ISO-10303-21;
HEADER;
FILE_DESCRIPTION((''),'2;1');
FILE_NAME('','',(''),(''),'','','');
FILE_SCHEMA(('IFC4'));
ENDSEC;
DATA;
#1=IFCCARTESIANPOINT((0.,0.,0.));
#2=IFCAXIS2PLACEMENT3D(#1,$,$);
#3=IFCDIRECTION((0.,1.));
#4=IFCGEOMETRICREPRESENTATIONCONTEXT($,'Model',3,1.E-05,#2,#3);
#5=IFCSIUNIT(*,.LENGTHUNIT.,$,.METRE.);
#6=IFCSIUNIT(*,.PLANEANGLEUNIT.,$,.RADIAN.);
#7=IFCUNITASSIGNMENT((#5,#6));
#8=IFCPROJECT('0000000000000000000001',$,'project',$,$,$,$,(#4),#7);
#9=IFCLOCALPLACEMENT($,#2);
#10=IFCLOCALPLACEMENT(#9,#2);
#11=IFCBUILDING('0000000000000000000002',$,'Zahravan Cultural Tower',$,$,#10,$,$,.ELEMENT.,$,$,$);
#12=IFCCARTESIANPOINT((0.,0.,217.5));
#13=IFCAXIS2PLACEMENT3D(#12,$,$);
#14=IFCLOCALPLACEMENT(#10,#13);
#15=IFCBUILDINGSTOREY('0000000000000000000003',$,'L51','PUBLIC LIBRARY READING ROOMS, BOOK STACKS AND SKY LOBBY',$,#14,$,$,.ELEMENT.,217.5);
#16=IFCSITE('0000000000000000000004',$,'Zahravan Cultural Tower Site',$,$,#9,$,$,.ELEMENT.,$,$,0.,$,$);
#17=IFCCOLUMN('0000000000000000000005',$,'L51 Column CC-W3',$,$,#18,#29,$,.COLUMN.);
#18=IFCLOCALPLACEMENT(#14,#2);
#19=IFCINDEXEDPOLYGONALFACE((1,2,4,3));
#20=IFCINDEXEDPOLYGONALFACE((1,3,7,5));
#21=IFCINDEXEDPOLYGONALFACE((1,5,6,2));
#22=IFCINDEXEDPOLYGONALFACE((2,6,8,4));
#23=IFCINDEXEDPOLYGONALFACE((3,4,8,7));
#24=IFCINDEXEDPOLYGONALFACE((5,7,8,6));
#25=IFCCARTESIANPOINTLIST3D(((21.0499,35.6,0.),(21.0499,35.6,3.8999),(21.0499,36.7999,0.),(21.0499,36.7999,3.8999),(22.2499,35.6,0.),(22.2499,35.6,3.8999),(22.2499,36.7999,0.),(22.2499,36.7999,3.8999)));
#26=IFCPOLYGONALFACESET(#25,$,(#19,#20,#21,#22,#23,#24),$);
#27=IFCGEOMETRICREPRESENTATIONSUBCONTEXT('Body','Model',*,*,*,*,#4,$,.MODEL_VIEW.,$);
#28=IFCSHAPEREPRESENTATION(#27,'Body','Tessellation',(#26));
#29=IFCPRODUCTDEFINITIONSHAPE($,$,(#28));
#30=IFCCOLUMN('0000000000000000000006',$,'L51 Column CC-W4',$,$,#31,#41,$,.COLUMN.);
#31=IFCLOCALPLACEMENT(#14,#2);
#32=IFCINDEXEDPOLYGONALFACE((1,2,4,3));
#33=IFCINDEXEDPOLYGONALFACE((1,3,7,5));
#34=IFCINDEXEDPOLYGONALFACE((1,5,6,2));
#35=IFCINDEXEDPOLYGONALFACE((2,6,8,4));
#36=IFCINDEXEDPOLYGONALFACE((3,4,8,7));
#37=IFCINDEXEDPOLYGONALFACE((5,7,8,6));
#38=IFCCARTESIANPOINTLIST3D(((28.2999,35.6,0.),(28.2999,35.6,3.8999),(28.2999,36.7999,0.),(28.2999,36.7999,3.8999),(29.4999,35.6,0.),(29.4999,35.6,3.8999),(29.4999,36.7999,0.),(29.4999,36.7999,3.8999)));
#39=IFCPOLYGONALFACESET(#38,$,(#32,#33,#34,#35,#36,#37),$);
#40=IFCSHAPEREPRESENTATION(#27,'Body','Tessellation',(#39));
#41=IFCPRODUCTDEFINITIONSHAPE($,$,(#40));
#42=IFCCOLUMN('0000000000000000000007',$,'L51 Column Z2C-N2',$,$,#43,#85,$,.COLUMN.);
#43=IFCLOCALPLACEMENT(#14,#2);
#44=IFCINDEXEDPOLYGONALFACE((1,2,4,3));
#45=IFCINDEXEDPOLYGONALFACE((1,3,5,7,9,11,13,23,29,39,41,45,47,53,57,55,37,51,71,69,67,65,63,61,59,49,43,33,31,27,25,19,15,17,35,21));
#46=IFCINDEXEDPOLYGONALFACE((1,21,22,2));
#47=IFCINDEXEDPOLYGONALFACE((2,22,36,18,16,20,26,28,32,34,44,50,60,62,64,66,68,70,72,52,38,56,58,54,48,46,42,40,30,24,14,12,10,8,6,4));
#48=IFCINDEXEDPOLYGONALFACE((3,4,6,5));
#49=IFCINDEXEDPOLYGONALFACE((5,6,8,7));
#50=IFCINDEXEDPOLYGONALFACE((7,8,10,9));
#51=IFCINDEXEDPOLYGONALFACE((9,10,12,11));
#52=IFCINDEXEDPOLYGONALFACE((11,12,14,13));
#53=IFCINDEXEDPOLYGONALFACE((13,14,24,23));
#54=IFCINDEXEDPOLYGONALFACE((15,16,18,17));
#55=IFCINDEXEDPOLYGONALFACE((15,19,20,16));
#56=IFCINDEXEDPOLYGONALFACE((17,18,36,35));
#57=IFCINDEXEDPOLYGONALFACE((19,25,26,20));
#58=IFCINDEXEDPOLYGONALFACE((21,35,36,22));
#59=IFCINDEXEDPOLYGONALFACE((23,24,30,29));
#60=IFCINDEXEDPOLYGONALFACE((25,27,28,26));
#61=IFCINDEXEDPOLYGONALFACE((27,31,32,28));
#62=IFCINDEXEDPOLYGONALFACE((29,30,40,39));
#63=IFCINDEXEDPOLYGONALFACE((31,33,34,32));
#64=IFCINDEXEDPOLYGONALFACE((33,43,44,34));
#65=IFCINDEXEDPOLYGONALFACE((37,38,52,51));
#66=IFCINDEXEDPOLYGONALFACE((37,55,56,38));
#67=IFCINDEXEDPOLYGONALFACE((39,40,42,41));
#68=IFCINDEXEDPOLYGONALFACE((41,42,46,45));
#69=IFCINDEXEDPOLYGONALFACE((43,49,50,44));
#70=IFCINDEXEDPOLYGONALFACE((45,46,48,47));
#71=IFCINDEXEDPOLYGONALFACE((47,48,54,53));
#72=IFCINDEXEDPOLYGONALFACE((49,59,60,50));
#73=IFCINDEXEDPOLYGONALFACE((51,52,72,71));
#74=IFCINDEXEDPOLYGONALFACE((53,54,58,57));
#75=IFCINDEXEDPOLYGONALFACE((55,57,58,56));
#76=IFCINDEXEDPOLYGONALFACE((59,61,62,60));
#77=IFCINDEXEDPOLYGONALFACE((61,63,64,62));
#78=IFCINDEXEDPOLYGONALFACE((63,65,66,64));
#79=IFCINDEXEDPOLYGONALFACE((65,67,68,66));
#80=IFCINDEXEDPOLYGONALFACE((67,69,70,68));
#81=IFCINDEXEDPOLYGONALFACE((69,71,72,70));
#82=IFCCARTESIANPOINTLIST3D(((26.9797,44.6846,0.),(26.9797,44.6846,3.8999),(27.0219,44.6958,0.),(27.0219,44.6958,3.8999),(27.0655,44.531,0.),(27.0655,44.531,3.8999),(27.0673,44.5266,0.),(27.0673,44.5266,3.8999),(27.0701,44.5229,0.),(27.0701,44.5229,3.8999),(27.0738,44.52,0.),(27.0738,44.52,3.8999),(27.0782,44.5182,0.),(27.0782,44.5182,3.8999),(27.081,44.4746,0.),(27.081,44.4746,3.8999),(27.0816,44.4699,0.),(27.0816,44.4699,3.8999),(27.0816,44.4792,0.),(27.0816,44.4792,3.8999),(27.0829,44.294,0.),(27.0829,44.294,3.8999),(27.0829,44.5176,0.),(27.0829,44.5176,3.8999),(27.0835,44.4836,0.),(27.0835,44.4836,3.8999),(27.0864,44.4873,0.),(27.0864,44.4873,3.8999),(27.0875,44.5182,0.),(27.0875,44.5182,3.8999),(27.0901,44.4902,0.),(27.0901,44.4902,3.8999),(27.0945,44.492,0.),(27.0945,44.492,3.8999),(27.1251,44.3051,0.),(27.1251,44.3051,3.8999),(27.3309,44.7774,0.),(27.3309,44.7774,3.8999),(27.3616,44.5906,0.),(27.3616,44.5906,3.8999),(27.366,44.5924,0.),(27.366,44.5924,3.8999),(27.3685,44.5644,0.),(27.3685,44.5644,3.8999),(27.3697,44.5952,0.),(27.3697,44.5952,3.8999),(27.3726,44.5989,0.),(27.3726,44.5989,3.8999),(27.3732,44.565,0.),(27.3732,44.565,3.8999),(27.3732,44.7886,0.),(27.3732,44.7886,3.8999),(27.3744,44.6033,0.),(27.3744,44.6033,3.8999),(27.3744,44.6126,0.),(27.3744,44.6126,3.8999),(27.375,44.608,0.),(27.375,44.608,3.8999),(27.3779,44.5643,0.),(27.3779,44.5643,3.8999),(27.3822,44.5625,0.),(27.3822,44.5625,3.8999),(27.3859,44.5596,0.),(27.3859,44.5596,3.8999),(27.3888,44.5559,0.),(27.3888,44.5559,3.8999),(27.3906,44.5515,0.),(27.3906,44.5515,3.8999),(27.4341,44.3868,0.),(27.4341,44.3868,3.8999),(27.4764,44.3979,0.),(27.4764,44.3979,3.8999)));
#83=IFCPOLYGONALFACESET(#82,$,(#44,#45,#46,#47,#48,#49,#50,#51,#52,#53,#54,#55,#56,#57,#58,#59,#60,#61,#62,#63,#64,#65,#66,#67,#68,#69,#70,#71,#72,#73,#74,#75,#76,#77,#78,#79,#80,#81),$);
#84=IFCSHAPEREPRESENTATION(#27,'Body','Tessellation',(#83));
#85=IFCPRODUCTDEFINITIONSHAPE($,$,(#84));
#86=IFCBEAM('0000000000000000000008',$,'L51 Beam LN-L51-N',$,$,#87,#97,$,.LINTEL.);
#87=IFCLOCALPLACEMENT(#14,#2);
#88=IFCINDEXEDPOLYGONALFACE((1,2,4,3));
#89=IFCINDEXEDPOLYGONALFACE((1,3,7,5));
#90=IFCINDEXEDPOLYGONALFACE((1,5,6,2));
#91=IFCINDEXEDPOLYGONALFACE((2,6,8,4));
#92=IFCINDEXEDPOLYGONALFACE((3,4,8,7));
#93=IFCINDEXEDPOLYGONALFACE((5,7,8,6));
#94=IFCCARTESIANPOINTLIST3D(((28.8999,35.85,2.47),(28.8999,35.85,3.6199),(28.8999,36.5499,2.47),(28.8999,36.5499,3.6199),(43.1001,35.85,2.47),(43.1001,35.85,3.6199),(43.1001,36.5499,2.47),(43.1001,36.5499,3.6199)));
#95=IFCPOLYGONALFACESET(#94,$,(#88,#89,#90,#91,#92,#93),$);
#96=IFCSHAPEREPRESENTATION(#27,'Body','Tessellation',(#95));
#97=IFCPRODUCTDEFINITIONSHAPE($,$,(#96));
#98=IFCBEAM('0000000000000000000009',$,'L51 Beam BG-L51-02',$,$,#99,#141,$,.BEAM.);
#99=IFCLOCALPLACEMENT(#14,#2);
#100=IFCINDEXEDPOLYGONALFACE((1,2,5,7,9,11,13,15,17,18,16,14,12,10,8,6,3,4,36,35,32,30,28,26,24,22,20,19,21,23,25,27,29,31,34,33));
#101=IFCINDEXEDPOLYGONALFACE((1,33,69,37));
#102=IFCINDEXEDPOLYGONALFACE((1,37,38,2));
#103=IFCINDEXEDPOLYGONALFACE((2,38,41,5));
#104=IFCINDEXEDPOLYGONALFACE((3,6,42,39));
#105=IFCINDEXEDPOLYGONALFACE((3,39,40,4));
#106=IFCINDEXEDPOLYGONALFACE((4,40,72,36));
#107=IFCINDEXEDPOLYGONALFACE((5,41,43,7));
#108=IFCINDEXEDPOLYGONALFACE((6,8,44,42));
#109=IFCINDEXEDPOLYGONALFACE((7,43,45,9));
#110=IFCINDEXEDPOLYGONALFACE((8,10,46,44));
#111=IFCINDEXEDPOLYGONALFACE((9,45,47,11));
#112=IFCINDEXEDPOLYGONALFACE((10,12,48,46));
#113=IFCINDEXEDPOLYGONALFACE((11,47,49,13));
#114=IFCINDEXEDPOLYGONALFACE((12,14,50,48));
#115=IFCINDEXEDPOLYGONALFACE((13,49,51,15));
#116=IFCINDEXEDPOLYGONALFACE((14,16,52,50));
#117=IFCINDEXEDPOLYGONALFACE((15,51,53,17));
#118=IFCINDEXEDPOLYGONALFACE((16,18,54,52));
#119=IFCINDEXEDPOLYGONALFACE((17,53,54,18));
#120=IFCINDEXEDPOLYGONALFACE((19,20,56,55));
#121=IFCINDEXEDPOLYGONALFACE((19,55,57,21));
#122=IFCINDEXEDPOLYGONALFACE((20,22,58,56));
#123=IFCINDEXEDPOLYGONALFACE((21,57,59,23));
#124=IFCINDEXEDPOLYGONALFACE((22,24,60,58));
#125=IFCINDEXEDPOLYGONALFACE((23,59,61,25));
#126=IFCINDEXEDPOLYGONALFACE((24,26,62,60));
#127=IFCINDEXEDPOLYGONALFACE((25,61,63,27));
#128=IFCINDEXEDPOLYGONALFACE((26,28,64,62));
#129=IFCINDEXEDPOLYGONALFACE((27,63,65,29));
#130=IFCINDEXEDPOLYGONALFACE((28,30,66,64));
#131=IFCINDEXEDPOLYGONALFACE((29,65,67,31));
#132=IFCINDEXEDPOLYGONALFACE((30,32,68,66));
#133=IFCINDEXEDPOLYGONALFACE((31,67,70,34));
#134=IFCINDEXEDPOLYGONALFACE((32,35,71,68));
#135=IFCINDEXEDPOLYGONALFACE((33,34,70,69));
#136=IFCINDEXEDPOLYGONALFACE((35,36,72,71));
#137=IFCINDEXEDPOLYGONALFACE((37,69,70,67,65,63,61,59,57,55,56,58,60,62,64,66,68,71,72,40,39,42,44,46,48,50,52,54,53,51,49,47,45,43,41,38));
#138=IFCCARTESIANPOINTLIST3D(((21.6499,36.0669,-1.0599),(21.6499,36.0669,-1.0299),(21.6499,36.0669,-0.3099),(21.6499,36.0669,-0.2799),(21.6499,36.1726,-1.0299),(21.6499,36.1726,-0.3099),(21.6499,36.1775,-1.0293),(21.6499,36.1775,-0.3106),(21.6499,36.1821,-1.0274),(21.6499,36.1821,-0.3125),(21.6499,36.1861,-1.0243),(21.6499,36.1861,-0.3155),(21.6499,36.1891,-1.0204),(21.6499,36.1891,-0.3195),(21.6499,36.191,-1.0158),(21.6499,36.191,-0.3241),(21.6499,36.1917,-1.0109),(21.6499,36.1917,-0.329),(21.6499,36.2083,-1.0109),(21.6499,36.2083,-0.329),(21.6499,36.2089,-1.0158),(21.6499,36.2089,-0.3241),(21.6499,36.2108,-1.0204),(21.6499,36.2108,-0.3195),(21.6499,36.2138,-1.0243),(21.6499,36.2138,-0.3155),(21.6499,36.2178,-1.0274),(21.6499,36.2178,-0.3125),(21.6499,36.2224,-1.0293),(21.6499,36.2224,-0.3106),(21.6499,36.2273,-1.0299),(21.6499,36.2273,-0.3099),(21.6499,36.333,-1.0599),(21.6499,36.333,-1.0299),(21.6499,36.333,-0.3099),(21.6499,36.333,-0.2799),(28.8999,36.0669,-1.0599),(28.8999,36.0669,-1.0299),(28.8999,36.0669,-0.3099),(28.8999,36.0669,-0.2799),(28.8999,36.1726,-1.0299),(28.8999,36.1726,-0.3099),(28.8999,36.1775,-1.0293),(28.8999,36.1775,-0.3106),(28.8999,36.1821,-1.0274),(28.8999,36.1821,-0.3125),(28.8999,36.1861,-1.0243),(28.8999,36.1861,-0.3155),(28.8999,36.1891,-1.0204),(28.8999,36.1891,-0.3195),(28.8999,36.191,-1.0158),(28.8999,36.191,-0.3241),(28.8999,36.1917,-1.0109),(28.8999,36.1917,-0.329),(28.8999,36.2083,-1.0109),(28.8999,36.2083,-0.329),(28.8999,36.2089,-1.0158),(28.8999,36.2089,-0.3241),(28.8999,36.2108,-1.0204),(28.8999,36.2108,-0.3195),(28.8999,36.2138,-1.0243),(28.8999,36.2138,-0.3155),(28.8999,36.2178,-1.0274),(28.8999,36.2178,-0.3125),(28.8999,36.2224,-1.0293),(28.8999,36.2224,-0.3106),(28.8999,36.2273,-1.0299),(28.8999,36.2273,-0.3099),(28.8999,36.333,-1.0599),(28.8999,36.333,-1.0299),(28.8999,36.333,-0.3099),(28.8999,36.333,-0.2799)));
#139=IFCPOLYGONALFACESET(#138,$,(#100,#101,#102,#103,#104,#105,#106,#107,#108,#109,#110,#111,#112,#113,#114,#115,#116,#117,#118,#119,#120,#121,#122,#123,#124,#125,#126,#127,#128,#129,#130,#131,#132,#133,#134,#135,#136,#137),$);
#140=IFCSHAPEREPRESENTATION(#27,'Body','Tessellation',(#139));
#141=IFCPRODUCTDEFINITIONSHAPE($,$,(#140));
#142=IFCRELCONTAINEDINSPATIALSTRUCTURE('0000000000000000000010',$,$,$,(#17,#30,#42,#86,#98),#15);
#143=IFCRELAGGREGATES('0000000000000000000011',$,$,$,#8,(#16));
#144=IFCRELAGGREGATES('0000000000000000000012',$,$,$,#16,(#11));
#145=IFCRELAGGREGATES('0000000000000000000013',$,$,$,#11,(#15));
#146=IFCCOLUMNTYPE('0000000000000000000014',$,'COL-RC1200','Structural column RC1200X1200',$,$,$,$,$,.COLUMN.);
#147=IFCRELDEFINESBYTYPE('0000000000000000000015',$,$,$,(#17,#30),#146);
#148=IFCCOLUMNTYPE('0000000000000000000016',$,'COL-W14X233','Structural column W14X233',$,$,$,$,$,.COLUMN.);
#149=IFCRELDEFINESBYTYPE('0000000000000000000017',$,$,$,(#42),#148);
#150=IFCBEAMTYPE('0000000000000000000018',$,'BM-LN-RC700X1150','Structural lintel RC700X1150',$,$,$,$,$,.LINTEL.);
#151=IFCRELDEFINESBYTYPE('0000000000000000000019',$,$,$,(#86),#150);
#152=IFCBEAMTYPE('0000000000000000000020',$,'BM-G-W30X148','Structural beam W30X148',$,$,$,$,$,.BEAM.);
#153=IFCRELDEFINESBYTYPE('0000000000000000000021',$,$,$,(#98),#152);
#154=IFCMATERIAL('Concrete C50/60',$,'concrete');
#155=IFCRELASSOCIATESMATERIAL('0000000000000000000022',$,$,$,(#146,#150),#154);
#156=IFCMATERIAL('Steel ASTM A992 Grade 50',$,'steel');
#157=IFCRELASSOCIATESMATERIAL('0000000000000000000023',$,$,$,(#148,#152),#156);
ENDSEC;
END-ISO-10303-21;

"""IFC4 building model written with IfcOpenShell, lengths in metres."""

from ifc_helpers import new_model, si_unit, direction, frame, origin, origin_2d, place, context, subcontext, project, spatial, rectangle, i_section, extrude, source, transform, mapped, material, material_profile, profile_set, type_object, element, save


model = new_model("IFC4")

# Units and contexts
model_context = context("Model", 3, precision=1e-05, world=origin(), true_north=direction((0.0, 1.0)))
body_context = subcontext(model_context, "Body", "Model", "MODEL_VIEW")
ifc_project = project(units=[si_unit("LENGTHUNIT", "METRE"), si_unit("PLANEANGLEUNIT", "RADIAN")], contexts=[model_context])

# Site, building, storey
site_placement = place(None, origin())
site = spatial("IfcSite", under=ifc_project, at=site_placement, Name="Zahravan Cultural Tower Site", CompositionType="ELEMENT", RefElevation=0.0)
building_placement = place(site_placement, origin())
building = spatial("IfcBuilding", under=site, at=building_placement, Name="Zahravan Cultural Tower", CompositionType="ELEMENT")
storey_placement = place(building_placement, frame((0.0, 0.0, 217.5)))
storey = spatial("IfcBuildingStorey", under=building, at=storey_placement, Name="L51", Description="PUBLIC LIBRARY READING ROOMS, BOOK STACKS AND SKY LOBBY", CompositionType="ELEMENT", Elevation=217.5)

# Columns
ifc_material_1 = material(Name="Concrete C50/60", Category="concrete")
ifc_material_profile_1 = material_profile(ifc_material_1, rectangle(XDim=1.2, YDim=1.2, at=origin_2d()), Name="RC1200X1200")
ifc_profile_set_1 = profile_set([ifc_material_profile_1], Name="Concrete C50/60")
column_type_1 = type_object("IfcColumnType", Name="COL-RC1200", Description="Structural column RC1200X1200", PredefinedType="COLUMN", material=ifc_profile_set_1)
shared_shape_1 = source(origin(), body_context, "Body", "SweptSolid", [
    extrude(rectangle(XDim=1.2, YDim=1.2, at=origin_2d()), origin(), (0.0, 0.0, 1.0), 3.8999),
])
for number, where, z_axis, x_axis, name in (
    (1, (21.6499, 36.2, 0.0), (0.0, 0.0, 1.0), (1.0, 0.0, 0.0), "L51 Column CC-W3"),
    (2, (28.8999, 36.2, 0.0), (0.0, 0.0, 1.0), (1.0, 0.0, 0.0), "L51 Column CC-W4"),
):
    element("IfcColumn", number, at=place(storey_placement, frame(where, z_axis=z_axis, x_axis=x_axis)), inside=storey, type_object=column_type_1, Name=name, PredefinedType="COLUMN", context=body_context, shape_type="MappedRepresentation", body=[
        mapped(shared_shape_1, transform((0.0, 0.0, 0.0), x_axis=(1.0, 0.0, 0.0), y_axis=(0.0, 1.0, 0.0), z_axis=(0.0, 0.0, 1.0), scale=1.0)),
    ])
ifc_material_2 = material(Name="Steel ASTM A992 Grade 50", Category="steel")
ifc_material_profile_2 = material_profile(ifc_material_2, i_section(OverallWidth=0.4041, OverallDepth=0.407, WebThickness=0.0271, FlangeThickness=0.0437, FilletRadius=0.0181, at=origin_2d()), Name="W14X233")
ifc_profile_set_2 = profile_set([ifc_material_profile_2], Name="Steel ASTM A992 Grade 50")
column_type_2 = type_object("IfcColumnType", Name="COL-W14X233", Description="Structural column W14X233", PredefinedType="COLUMN", material=ifc_profile_set_2)
shared_shape_2 = source(origin(), body_context, "Body", "SweptSolid", [
    extrude(i_section(OverallWidth=0.4041, OverallDepth=0.407, WebThickness=0.0271, FlangeThickness=0.0437, FilletRadius=0.0181, at=origin_2d()), origin(), (0.0, 0.0, 1.0), 3.8999),
])
column_placement = place(storey_placement, frame((27.228, 44.5413, 0.0), z_axis=(0.0, 0.0, 1.0), x_axis=(-0.255446, 0.966823, 0.0)))
element("IfcColumn", 3, at=column_placement, inside=storey, type_object=column_type_2, Name="L51 Column Z2C-N2", PredefinedType="COLUMN", context=body_context, shape_type="MappedRepresentation", body=[
    mapped(shared_shape_2, transform((0.0, 0.0, 0.0), x_axis=(1.0, 0.0, 0.0), y_axis=(0.0, 1.0, 0.0), z_axis=(0.0, 0.0, 1.0), scale=1.0)),
])

# Beams
ifc_material_profile_3 = material_profile(ifc_material_1, rectangle(XDim=0.7, YDim=1.1499, at=origin_2d()), Name="RC700X1150")
ifc_profile_set_3 = profile_set([ifc_material_profile_3], Name="Concrete C50/60")
beam_type_1 = type_object("IfcBeamType", Name="BM-LN-RC700X1150", Description="Structural lintel RC700X1150", PredefinedType="LINTEL", material=ifc_profile_set_3)
shared_shape_3 = source(origin(), body_context, "Body", "SweptSolid", [
    extrude(rectangle(XDim=0.7, YDim=1.1499, at=origin_2d()), origin(), (0.0, 0.0, 1.0), 14.2002),
])
beam_1_placement = place(storey_placement, frame((28.8999, 36.2, 3.0449), z_axis=(1.0, 0.0, 0.0), x_axis=(0.0, 1.0, 0.0)))
element("IfcBeam", 4, at=beam_1_placement, inside=storey, type_object=beam_type_1, Name="L51 Beam LN-L51-N", PredefinedType="LINTEL", context=body_context, shape_type="MappedRepresentation", body=[
    mapped(shared_shape_3, transform((0.0, 0.0, 0.0), x_axis=(1.0, 0.0, 0.0), y_axis=(0.0, 1.0, 0.0), z_axis=(0.0, 0.0, 1.0), scale=1.0)),
])
ifc_material_profile_4 = material_profile(ifc_material_2, i_section(OverallWidth=0.2661, OverallDepth=0.78, WebThickness=0.0166, FlangeThickness=0.03, FilletRadius=0.019, at=origin_2d()), Name="W30X148")
ifc_profile_set_4 = profile_set([ifc_material_profile_4], Name="Steel ASTM A992 Grade 50")
beam_type_2 = type_object("IfcBeamType", Name="BM-G-W30X148", Description="Structural beam W30X148", PredefinedType="BEAM", material=ifc_profile_set_4)
shared_shape_4 = source(origin(), body_context, "Body", "SweptSolid", [
    extrude(i_section(OverallWidth=0.2661, OverallDepth=0.78, WebThickness=0.0166, FlangeThickness=0.03, FilletRadius=0.019, at=origin_2d()), origin(), (0.0, 0.0, 1.0), 7.25),
])
beam_2_placement = place(storey_placement, frame((21.6499, 36.2, -0.6699), z_axis=(1.0, 0.0, 0.0), x_axis=(0.0, 1.0, 0.0)))
element("IfcBeam", 5, at=beam_2_placement, inside=storey, type_object=beam_type_2, Name="L51 Beam BG-L51-02", PredefinedType="BEAM", context=body_context, shape_type="MappedRepresentation", body=[
    mapped(shared_shape_4, transform((0.0, 0.0, 0.0), x_axis=(1.0, 0.0, 0.0), y_axis=(0.0, 1.0, 0.0), z_axis=(0.0, 0.0, 1.0), scale=1.0)),
])

save(model, "model.ifc")
